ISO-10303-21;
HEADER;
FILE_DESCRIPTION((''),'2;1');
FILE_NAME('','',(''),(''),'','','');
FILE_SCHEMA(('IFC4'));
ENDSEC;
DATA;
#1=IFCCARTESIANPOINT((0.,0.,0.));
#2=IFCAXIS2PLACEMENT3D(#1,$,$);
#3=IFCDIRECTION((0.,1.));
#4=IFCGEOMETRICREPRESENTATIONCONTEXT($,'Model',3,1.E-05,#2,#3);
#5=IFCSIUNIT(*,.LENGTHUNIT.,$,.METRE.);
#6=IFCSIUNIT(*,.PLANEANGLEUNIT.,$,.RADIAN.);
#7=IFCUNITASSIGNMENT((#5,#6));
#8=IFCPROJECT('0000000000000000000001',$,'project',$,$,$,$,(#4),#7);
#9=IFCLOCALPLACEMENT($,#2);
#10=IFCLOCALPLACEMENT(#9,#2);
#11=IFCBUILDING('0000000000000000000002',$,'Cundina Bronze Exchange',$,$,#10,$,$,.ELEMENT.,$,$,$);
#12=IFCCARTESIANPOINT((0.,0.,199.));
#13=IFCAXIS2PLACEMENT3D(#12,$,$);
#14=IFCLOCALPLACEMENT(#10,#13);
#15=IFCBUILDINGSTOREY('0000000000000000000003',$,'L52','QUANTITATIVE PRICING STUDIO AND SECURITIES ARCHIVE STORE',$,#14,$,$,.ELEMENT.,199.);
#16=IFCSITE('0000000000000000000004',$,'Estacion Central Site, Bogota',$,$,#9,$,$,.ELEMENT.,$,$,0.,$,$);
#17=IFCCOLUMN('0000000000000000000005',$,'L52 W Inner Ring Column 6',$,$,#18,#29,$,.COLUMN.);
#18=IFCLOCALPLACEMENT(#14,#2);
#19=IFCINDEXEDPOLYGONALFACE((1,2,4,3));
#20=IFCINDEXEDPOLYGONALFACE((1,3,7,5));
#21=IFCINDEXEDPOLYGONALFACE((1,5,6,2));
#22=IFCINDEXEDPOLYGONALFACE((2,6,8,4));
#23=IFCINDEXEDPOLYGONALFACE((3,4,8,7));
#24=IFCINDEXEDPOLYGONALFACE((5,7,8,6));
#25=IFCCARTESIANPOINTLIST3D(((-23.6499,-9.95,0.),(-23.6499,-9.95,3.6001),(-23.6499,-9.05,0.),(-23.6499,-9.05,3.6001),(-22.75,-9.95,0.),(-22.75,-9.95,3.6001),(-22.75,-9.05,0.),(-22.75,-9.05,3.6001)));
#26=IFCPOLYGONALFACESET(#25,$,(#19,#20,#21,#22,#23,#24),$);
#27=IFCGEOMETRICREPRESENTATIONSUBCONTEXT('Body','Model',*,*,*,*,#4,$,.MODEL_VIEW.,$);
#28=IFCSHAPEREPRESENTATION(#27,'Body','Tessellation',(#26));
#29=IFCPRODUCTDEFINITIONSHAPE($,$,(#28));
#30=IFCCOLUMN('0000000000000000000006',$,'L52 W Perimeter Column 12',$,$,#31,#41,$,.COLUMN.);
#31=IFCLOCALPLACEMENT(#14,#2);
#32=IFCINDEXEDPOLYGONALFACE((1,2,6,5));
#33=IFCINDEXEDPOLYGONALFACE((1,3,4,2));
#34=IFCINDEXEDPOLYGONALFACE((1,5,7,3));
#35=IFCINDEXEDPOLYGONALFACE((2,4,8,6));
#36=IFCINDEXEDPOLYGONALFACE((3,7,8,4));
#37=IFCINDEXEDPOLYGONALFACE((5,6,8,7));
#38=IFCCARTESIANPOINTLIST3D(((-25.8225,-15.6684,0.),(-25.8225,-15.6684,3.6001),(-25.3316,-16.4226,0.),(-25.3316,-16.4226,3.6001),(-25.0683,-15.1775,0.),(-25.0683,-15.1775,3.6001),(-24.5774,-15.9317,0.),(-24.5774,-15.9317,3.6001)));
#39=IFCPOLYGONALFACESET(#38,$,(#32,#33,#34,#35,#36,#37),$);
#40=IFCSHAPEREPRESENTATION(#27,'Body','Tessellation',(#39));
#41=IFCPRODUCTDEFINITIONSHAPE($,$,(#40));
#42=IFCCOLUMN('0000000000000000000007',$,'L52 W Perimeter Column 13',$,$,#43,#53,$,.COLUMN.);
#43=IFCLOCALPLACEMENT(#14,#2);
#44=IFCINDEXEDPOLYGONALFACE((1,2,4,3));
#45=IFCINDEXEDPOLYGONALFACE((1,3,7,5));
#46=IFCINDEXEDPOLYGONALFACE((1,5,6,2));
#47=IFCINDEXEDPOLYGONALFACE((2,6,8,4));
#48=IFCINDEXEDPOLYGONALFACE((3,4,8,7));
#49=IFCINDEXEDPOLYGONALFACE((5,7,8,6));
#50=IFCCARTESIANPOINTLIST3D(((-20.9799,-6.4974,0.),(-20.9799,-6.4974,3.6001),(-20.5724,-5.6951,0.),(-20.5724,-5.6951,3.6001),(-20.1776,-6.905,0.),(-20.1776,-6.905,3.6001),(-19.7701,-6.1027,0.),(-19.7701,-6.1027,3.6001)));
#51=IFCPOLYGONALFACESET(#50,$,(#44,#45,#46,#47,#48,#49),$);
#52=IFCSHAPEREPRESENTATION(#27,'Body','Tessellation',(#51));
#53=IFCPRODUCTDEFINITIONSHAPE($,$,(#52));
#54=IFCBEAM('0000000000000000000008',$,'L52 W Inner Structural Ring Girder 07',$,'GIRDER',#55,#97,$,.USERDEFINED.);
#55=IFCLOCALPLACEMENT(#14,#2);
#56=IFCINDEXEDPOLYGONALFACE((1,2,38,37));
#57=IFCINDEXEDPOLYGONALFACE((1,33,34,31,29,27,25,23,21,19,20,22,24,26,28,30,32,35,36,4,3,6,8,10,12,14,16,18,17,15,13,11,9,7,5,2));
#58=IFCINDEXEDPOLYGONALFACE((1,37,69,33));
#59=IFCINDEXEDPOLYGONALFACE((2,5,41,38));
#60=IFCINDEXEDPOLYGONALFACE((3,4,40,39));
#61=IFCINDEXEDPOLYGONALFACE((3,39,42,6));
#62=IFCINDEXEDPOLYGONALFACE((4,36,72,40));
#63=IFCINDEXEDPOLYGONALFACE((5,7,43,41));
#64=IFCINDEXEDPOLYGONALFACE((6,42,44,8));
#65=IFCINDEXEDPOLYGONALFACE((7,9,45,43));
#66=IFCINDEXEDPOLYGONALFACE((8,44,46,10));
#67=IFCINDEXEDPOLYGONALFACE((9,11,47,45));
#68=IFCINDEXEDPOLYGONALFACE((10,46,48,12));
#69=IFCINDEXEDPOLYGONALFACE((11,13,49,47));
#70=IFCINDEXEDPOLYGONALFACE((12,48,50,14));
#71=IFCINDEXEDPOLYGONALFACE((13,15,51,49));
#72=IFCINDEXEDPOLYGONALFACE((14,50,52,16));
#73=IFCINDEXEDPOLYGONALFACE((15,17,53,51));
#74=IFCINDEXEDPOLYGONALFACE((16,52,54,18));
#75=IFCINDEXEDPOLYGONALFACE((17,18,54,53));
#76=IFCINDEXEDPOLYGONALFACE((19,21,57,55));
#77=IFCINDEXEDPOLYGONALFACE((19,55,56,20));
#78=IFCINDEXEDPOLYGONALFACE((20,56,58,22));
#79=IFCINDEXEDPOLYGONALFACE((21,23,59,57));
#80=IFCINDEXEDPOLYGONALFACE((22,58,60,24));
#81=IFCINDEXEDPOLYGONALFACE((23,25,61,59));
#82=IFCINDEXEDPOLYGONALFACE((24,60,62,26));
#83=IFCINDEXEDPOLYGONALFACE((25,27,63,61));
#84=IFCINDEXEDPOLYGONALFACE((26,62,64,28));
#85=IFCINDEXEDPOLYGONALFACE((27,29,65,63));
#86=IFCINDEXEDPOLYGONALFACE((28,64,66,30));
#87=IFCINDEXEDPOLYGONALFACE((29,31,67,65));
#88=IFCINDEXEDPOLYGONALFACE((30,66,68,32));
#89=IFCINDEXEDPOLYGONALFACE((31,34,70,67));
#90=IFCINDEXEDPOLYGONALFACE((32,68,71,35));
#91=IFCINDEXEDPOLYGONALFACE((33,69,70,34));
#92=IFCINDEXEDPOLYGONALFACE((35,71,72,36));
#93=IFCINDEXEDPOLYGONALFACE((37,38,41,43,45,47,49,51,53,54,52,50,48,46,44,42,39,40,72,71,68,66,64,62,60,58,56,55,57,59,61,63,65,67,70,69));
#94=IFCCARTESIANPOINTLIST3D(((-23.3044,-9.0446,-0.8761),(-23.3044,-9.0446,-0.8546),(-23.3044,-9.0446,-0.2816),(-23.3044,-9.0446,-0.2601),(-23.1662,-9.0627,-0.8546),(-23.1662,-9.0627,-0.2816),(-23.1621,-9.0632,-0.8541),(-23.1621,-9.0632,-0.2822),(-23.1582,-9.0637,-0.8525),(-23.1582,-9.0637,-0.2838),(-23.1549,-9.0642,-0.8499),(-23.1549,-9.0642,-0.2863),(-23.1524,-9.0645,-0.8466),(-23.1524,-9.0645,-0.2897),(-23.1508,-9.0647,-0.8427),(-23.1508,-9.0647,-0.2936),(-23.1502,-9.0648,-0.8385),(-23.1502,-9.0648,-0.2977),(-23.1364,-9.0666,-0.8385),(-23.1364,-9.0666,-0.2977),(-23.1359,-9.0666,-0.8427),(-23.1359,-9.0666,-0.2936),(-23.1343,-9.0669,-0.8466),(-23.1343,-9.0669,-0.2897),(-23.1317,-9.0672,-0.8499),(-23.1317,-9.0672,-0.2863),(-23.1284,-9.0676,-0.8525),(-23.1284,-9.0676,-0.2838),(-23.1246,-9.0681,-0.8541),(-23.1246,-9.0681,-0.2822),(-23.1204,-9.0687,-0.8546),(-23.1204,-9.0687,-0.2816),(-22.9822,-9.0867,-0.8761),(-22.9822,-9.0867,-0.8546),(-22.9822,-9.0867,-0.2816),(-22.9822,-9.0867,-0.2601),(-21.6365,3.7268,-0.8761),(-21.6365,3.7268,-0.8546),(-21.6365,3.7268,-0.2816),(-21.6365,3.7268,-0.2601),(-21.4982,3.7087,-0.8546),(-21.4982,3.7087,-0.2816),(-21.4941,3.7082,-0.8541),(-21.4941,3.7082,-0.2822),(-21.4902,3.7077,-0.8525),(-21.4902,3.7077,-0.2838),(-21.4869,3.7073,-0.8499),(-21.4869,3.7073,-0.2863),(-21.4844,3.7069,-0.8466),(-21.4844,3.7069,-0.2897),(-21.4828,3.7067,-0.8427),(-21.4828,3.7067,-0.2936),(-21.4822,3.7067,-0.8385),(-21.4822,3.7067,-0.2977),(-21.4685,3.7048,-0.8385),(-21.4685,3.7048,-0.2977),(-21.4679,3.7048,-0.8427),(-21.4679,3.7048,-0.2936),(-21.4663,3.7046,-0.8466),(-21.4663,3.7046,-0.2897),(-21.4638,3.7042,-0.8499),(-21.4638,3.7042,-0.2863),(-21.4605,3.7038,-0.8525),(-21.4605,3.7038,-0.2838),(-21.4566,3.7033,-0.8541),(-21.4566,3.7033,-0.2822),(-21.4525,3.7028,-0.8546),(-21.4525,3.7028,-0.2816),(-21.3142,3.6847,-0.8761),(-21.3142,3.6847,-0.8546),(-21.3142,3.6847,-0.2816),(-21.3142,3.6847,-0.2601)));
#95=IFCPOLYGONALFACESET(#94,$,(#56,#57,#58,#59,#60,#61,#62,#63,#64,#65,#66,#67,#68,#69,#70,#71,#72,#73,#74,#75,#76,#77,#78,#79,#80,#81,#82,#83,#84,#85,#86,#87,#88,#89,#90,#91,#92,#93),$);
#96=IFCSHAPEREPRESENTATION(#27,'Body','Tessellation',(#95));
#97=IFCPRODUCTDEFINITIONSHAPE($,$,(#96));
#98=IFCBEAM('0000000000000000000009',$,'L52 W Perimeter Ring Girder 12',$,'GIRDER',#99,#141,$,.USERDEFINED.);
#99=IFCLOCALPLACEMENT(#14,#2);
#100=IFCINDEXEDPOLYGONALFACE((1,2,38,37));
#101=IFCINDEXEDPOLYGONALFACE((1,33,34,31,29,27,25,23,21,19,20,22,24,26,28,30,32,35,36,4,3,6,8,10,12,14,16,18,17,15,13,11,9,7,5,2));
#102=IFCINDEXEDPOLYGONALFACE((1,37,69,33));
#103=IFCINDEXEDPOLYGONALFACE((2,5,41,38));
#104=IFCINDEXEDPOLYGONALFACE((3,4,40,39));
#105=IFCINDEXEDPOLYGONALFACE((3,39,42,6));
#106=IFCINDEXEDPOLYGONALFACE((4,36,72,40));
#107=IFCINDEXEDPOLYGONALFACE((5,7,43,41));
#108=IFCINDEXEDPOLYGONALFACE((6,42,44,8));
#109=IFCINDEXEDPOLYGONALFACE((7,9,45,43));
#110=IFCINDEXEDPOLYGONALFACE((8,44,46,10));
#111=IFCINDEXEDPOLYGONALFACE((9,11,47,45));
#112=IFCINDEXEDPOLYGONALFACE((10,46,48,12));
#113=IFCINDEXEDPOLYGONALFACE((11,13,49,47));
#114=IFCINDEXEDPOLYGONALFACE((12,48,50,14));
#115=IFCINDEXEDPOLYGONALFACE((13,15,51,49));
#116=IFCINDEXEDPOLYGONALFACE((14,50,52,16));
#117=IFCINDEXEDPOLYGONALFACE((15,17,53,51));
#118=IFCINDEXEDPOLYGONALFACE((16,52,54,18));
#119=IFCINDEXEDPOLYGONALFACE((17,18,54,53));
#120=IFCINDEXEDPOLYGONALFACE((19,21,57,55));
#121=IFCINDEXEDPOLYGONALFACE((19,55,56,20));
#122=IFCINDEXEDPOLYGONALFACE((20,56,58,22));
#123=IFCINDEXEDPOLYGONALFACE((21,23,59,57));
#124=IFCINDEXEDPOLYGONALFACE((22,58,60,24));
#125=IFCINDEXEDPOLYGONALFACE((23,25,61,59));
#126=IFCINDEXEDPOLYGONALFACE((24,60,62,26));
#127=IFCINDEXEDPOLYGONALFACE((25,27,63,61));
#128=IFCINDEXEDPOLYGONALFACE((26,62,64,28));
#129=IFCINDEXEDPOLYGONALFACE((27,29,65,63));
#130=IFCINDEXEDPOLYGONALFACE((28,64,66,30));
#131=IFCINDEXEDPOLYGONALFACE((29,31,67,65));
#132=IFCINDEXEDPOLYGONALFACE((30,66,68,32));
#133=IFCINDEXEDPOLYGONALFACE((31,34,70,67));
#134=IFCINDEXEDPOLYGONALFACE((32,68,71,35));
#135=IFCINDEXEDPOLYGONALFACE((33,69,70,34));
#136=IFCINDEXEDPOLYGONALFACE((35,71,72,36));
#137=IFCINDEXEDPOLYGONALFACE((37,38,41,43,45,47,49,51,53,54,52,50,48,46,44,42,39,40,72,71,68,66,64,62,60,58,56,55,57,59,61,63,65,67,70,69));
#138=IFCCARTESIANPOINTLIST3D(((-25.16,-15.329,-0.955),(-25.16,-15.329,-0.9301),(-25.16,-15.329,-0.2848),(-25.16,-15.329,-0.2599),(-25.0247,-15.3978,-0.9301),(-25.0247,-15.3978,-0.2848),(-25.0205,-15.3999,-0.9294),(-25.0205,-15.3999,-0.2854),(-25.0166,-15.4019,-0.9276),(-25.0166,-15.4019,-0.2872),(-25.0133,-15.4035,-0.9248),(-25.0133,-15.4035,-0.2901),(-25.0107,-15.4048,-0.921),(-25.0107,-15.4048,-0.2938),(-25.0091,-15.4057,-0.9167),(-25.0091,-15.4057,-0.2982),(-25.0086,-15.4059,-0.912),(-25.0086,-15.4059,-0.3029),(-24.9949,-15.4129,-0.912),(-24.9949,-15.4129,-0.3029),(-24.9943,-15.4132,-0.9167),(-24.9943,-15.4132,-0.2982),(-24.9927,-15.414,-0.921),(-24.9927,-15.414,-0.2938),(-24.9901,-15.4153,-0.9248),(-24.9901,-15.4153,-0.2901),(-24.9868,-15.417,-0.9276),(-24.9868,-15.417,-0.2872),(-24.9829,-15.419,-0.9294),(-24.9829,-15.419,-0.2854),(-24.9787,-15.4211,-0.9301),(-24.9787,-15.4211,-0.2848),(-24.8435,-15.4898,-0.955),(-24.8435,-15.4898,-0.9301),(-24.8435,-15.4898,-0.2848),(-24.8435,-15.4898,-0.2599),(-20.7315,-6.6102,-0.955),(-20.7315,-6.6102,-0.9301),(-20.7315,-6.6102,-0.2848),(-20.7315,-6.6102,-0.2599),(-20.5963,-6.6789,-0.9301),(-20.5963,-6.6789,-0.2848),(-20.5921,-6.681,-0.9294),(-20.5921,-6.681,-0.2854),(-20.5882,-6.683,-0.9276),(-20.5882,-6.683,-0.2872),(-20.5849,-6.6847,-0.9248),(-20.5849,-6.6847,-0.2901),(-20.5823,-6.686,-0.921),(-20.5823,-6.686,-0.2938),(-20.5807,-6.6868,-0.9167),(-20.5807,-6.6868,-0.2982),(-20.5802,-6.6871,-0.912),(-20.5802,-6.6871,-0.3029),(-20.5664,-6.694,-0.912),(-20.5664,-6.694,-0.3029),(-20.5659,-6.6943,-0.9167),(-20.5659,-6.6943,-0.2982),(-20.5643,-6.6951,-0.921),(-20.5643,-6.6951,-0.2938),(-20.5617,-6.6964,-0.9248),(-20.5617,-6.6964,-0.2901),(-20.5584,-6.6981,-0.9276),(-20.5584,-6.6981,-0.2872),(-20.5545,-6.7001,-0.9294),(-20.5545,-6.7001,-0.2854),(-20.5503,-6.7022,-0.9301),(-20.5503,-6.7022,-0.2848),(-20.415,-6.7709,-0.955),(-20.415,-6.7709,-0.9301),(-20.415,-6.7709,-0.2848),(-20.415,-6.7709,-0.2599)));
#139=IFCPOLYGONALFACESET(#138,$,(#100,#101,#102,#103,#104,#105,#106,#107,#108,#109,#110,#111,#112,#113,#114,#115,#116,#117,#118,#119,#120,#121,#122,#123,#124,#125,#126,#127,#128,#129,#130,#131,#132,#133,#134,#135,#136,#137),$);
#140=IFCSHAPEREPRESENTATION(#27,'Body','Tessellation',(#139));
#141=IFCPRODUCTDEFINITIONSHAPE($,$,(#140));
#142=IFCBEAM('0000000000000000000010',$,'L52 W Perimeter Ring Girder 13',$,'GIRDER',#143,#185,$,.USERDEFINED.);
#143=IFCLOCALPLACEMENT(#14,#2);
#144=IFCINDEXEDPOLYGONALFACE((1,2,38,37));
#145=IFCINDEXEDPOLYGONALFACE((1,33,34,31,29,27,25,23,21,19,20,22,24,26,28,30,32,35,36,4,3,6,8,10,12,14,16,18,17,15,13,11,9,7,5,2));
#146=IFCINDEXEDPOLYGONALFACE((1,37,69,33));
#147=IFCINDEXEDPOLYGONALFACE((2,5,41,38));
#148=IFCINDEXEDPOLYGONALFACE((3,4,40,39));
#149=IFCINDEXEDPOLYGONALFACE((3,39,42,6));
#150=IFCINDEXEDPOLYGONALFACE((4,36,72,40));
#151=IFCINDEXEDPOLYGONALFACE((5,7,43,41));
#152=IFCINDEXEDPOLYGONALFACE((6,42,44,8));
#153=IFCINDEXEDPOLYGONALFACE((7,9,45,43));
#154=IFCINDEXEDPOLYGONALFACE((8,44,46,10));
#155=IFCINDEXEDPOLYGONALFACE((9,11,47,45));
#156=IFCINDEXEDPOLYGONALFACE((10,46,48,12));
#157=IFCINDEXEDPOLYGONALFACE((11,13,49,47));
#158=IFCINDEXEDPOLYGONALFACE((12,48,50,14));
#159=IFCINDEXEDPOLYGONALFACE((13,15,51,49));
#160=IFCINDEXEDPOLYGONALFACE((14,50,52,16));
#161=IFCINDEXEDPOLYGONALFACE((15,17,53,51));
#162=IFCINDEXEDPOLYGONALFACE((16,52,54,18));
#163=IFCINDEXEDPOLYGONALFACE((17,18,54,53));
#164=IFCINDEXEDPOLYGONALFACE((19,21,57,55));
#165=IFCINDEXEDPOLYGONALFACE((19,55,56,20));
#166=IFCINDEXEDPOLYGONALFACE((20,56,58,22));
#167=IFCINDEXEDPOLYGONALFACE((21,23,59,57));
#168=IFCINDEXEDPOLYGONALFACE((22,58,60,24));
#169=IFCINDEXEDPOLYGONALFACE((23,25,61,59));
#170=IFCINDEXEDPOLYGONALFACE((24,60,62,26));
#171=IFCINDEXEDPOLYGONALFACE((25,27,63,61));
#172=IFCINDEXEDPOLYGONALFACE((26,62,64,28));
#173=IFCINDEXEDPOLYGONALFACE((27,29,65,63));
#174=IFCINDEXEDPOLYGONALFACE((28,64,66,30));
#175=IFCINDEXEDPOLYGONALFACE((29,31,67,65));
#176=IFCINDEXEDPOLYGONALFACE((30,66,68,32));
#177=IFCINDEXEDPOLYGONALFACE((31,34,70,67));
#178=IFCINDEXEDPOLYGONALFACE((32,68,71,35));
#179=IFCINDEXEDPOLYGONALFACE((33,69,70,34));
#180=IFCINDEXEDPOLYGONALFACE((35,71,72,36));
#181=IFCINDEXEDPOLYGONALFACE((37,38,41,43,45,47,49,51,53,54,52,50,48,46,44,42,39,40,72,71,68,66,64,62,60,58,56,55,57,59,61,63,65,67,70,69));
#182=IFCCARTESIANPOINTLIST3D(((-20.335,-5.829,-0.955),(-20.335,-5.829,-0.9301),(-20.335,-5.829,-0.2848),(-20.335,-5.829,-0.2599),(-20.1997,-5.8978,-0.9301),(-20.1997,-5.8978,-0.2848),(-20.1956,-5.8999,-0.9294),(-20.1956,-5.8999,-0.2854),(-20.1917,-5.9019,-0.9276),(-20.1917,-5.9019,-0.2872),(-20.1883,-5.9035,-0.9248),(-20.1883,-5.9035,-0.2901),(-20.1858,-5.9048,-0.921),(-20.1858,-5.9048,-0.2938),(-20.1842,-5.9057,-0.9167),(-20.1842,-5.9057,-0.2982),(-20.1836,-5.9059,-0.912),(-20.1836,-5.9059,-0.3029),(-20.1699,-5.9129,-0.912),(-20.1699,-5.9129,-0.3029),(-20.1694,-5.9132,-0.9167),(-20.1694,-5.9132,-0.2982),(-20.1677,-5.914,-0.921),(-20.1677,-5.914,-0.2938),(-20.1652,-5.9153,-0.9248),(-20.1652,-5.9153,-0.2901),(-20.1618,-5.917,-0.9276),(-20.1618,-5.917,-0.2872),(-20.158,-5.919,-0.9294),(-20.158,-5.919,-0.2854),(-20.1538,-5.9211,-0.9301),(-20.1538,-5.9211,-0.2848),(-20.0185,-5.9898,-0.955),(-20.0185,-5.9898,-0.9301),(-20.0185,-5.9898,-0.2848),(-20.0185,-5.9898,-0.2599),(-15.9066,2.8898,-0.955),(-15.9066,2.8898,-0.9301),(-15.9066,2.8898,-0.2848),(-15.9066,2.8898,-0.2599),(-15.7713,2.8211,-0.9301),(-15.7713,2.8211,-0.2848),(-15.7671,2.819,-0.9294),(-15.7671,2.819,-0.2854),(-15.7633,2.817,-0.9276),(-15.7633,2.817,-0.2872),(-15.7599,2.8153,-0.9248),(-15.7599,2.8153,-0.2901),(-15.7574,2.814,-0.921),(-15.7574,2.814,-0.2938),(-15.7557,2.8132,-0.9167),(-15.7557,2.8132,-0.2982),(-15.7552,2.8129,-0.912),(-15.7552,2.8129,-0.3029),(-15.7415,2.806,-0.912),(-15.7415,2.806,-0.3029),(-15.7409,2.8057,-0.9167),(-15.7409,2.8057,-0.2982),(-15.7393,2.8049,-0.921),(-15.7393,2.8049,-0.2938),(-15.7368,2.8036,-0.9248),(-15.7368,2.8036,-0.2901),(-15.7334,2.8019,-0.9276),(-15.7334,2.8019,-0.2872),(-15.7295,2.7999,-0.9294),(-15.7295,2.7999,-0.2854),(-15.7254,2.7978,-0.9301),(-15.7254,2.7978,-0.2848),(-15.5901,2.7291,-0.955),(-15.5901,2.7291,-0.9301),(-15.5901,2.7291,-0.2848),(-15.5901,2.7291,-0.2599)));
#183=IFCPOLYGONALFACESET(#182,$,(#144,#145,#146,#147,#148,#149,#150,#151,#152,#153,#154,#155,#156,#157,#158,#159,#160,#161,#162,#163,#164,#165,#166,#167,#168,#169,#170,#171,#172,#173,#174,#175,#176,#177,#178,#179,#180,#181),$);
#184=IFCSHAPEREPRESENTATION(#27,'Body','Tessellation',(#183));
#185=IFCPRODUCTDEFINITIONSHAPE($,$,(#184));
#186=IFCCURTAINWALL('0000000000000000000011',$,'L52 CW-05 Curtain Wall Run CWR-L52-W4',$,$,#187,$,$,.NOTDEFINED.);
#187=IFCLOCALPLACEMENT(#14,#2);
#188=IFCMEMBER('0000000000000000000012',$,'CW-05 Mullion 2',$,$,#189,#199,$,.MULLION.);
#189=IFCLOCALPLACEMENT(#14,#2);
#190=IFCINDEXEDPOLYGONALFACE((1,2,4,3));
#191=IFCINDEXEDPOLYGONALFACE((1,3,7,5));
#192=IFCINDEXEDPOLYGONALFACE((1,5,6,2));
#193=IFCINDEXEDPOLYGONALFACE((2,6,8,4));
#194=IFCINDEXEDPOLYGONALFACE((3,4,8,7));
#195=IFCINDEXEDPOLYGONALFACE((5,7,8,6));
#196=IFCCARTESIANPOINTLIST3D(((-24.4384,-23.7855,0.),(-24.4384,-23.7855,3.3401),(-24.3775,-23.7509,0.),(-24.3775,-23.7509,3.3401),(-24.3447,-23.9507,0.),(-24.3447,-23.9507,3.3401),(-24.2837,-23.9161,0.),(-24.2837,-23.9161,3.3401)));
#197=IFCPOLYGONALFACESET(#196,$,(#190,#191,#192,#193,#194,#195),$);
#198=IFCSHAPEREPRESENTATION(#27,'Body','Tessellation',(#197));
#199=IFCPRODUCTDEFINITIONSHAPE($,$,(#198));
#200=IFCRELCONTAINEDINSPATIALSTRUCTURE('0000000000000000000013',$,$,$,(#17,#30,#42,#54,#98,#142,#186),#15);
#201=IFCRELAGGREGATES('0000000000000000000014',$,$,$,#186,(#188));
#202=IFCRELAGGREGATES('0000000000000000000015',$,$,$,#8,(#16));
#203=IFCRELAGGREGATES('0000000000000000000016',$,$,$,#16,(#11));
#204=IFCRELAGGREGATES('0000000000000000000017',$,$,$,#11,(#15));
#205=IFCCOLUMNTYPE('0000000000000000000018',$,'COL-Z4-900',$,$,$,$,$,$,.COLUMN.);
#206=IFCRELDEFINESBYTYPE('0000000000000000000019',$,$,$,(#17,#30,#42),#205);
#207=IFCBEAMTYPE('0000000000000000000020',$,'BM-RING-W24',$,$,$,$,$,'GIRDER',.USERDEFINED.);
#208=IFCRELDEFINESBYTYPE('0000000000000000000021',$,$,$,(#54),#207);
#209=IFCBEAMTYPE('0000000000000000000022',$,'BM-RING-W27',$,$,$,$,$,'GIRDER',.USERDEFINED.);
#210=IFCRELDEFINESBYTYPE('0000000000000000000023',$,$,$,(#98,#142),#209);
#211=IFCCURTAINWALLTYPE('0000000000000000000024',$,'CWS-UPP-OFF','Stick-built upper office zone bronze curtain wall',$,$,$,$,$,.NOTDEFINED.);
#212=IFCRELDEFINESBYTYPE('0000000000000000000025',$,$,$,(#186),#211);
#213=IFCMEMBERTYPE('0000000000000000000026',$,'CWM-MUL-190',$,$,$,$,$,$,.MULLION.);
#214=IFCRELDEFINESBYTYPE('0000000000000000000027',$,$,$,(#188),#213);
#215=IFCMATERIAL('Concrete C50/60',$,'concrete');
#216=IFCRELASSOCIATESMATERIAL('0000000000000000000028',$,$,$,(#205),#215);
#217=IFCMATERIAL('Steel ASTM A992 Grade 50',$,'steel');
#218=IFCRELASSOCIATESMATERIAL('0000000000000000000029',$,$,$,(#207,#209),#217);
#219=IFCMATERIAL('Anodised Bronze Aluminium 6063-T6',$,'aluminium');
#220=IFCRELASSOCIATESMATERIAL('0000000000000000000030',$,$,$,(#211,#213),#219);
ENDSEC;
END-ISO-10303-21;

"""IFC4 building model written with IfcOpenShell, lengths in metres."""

from ifc_helpers import new_model, si_unit, direction, frame, origin, origin_2d, place, context, subcontext, project, spatial, rectangle, i_section, extrude, material, material_profile, profile_set, type_object, element, aggregate, save


model = new_model("IFC4")

# Units and contexts
model_context = context("Model", 3, precision=1e-05, world=origin(), true_north=direction((0.0, 1.0)))
body_context = subcontext(model_context, "Body", "Model", "MODEL_VIEW")
ifc_project = project(units=[si_unit("LENGTHUNIT", "METRE"), si_unit("PLANEANGLEUNIT", "RADIAN")], contexts=[model_context])

# Site, building, storey
site_placement = place(None, origin())
site = spatial("IfcSite", under=ifc_project, at=site_placement, Name="Estacion Central Site, Bogota", CompositionType="ELEMENT", RefElevation=0.0)
building_placement = place(site_placement, origin())
building = spatial("IfcBuilding", under=site, at=building_placement, Name="Cundina Bronze Exchange", CompositionType="ELEMENT")
storey_placement = place(building_placement, frame((0.0, 0.0, 199.0)))
storey = spatial("IfcBuildingStorey", under=building, at=storey_placement, Name="L52", Description="QUANTITATIVE PRICING STUDIO AND SECURITIES ARCHIVE STORE", CompositionType="ELEMENT", Elevation=199.0)

# Columns
ifc_material_1 = material(Name="Concrete C50/60", Category="concrete")
ifc_material_profile_1 = material_profile(ifc_material_1, rectangle(XDim=0.8999, YDim=0.8999, at=origin_2d()), Name="RC900X900", Category="concrete")
ifc_profile_set_1 = profile_set([ifc_material_profile_1], Name="Concrete C50/60")
column_type = type_object("IfcColumnType", Name="COL-Z4-900", PredefinedType="COLUMN", material=ifc_profile_set_1)
for number, where, z_axis, x_axis, name in (
    (1, (-23.2, -9.5, 0.0), (0.0, 0.0, 1.0), (1.0, 0.0, 0.0), "L52 W Inner Ring Column 6"),
    (2, (-25.2, -15.8, 0.0), (0.0, 0.0, 1.0), (0.8381, 0.545517, 0.0), "L52 W Perimeter Column 12"),
    (3, (-20.375, -6.3, 0.0), (0.0, 0.0, 1.0), (0.452902, 0.891561, 0.0), "L52 W Perimeter Column 13"),
):
    element("IfcColumn", number, at=place(storey_placement, frame(where, z_axis=z_axis, x_axis=x_axis)), inside=storey, type_object=column_type, Name=name, PredefinedType="COLUMN", context=body_context, shape_type="SweptSolid", body=[
        extrude(rectangle(XDim=0.8999, YDim=0.8999, at=origin_2d()), origin(), (0.0, 0.0, 1.0), 3.6001),
    ])

# Beams
ifc_material_2 = material(Name="Steel ASTM A992 Grade 50", Category="steel")
ifc_material_profile_2 = material_profile(ifc_material_2, i_section(OverallWidth=0.325, OverallDepth=0.616, WebThickness=0.0139, FlangeThickness=0.0215, FilletRadius=0.0161, at=origin_2d()), Name="W24X117", Category="steel")
ifc_profile_set_2 = profile_set([ifc_material_profile_2], Name="Steel ASTM A992 Grade 50")
beam_type_1 = type_object("IfcBeamType", Name="BM-RING-W24", ElementType="GIRDER", PredefinedType="USERDEFINED", material=ifc_profile_set_2)
beam_placement = place(storey_placement, frame((-23.1433, -9.0657, -0.5681), z_axis=(0.129501, 0.991579, 0.0), x_axis=(-0.991579, 0.129501, 0.0)))
element("IfcBeam", 4, at=beam_placement, inside=storey, type_object=beam_type_1, Name="L52 W Inner Structural Ring Girder 07", ObjectType="GIRDER", PredefinedType="USERDEFINED", context=body_context, shape_type="SweptSolid", body=[
    extrude(i_section(OverallWidth=0.325, OverallDepth=0.616, WebThickness=0.0139, FlangeThickness=0.0215, FilletRadius=0.0161, at=origin_2d()), origin(), (0.0, 0.0, 1.0), 12.8799),
])
ifc_material_profile_3 = material_profile(ifc_material_2, i_section(OverallWidth=0.355, OverallDepth=0.6951, WebThickness=0.0154, FlangeThickness=0.0249, FilletRadius=0.0181, at=origin_2d()), Name="W27X146", Category="steel")
ifc_profile_set_3 = profile_set([ifc_material_profile_3], Name="Steel ASTM A992 Grade 50")
beam_type_2 = type_object("IfcBeamType", Name="BM-RING-W27", ElementType="GIRDER", PredefinedType="USERDEFINED", material=ifc_profile_set_3)
for number, where, z_axis, x_axis, name in (
    (5, (-25.0017, -15.4094, -0.6074), (0.452847, 0.891588, 0.0), (-0.891588, 0.452847, 0.0), "L52 W Perimeter Ring Girder 12"),
    (6, (-20.1768, -5.9094, -0.6074), (0.452847, 0.891588, 0.0), (-0.891588, 0.452847, 0.0), "L52 W Perimeter Ring Girder 13"),
):
    element("IfcBeam", number, at=place(storey_placement, frame(where, z_axis=z_axis, x_axis=x_axis)), inside=storey, type_object=beam_type_2, Name=name, ObjectType="GIRDER", PredefinedType="USERDEFINED", context=body_context, shape_type="SweptSolid", body=[
        extrude(i_section(OverallWidth=0.355, OverallDepth=0.6951, WebThickness=0.0154, FlangeThickness=0.0249, FilletRadius=0.0181, at=origin_2d()), origin(), (0.0, 0.0, 1.0), 9.7791),
    ])

# Curtain wall, member
ifc_material_3 = material(Name="Anodised Bronze Aluminium 6063-T6", Category="aluminium")
curtain_wall_type = type_object("IfcCurtainWallType", Name="CWS-UPP-OFF", Description="Stick-built upper office zone bronze curtain wall", PredefinedType="NOTDEFINED", material=ifc_material_3)
curtain_wall_placement = place(storey_placement, origin())
curtain_wall = element("IfcCurtainWall", 7, at=curtain_wall_placement, inside=storey, type_object=curtain_wall_type, Name="L52 CW-05 Curtain Wall Run CWR-L52-W4", PredefinedType="NOTDEFINED")
ifc_material_profile_4 = material_profile(ifc_material_3, rectangle(XDim=0.0701, YDim=0.1899, at=origin_2d()), Name="AL70X190", Category="aluminium")
ifc_profile_set_4 = profile_set([ifc_material_profile_4], Name="Anodised Bronze Aluminium 6063-T6")
member_type_1 = type_object("IfcMemberType", Name="CWM-MUL-190", PredefinedType="MULLION", material=ifc_profile_set_4)
member_1_placement = place(storey_placement, frame((-24.3611, -23.8508, 0.0), z_axis=(0.0, 0.0, 1.0), x_axis=(0.869581, 0.49379, 0.0)))
member_1 = element("IfcMember", 8, at=member_1_placement, type_object=member_type_1, Name="CW-05 Mullion 2", PredefinedType="MULLION", context=body_context, shape_type="SweptSolid", body=[
    extrude(rectangle(XDim=0.0701, YDim=0.1899, at=origin_2d()), origin(), (0.0, 0.0, 1.0), 3.3401),
])
aggregate(curtain_wall, [member_1])

save(model, "model.ifc")
